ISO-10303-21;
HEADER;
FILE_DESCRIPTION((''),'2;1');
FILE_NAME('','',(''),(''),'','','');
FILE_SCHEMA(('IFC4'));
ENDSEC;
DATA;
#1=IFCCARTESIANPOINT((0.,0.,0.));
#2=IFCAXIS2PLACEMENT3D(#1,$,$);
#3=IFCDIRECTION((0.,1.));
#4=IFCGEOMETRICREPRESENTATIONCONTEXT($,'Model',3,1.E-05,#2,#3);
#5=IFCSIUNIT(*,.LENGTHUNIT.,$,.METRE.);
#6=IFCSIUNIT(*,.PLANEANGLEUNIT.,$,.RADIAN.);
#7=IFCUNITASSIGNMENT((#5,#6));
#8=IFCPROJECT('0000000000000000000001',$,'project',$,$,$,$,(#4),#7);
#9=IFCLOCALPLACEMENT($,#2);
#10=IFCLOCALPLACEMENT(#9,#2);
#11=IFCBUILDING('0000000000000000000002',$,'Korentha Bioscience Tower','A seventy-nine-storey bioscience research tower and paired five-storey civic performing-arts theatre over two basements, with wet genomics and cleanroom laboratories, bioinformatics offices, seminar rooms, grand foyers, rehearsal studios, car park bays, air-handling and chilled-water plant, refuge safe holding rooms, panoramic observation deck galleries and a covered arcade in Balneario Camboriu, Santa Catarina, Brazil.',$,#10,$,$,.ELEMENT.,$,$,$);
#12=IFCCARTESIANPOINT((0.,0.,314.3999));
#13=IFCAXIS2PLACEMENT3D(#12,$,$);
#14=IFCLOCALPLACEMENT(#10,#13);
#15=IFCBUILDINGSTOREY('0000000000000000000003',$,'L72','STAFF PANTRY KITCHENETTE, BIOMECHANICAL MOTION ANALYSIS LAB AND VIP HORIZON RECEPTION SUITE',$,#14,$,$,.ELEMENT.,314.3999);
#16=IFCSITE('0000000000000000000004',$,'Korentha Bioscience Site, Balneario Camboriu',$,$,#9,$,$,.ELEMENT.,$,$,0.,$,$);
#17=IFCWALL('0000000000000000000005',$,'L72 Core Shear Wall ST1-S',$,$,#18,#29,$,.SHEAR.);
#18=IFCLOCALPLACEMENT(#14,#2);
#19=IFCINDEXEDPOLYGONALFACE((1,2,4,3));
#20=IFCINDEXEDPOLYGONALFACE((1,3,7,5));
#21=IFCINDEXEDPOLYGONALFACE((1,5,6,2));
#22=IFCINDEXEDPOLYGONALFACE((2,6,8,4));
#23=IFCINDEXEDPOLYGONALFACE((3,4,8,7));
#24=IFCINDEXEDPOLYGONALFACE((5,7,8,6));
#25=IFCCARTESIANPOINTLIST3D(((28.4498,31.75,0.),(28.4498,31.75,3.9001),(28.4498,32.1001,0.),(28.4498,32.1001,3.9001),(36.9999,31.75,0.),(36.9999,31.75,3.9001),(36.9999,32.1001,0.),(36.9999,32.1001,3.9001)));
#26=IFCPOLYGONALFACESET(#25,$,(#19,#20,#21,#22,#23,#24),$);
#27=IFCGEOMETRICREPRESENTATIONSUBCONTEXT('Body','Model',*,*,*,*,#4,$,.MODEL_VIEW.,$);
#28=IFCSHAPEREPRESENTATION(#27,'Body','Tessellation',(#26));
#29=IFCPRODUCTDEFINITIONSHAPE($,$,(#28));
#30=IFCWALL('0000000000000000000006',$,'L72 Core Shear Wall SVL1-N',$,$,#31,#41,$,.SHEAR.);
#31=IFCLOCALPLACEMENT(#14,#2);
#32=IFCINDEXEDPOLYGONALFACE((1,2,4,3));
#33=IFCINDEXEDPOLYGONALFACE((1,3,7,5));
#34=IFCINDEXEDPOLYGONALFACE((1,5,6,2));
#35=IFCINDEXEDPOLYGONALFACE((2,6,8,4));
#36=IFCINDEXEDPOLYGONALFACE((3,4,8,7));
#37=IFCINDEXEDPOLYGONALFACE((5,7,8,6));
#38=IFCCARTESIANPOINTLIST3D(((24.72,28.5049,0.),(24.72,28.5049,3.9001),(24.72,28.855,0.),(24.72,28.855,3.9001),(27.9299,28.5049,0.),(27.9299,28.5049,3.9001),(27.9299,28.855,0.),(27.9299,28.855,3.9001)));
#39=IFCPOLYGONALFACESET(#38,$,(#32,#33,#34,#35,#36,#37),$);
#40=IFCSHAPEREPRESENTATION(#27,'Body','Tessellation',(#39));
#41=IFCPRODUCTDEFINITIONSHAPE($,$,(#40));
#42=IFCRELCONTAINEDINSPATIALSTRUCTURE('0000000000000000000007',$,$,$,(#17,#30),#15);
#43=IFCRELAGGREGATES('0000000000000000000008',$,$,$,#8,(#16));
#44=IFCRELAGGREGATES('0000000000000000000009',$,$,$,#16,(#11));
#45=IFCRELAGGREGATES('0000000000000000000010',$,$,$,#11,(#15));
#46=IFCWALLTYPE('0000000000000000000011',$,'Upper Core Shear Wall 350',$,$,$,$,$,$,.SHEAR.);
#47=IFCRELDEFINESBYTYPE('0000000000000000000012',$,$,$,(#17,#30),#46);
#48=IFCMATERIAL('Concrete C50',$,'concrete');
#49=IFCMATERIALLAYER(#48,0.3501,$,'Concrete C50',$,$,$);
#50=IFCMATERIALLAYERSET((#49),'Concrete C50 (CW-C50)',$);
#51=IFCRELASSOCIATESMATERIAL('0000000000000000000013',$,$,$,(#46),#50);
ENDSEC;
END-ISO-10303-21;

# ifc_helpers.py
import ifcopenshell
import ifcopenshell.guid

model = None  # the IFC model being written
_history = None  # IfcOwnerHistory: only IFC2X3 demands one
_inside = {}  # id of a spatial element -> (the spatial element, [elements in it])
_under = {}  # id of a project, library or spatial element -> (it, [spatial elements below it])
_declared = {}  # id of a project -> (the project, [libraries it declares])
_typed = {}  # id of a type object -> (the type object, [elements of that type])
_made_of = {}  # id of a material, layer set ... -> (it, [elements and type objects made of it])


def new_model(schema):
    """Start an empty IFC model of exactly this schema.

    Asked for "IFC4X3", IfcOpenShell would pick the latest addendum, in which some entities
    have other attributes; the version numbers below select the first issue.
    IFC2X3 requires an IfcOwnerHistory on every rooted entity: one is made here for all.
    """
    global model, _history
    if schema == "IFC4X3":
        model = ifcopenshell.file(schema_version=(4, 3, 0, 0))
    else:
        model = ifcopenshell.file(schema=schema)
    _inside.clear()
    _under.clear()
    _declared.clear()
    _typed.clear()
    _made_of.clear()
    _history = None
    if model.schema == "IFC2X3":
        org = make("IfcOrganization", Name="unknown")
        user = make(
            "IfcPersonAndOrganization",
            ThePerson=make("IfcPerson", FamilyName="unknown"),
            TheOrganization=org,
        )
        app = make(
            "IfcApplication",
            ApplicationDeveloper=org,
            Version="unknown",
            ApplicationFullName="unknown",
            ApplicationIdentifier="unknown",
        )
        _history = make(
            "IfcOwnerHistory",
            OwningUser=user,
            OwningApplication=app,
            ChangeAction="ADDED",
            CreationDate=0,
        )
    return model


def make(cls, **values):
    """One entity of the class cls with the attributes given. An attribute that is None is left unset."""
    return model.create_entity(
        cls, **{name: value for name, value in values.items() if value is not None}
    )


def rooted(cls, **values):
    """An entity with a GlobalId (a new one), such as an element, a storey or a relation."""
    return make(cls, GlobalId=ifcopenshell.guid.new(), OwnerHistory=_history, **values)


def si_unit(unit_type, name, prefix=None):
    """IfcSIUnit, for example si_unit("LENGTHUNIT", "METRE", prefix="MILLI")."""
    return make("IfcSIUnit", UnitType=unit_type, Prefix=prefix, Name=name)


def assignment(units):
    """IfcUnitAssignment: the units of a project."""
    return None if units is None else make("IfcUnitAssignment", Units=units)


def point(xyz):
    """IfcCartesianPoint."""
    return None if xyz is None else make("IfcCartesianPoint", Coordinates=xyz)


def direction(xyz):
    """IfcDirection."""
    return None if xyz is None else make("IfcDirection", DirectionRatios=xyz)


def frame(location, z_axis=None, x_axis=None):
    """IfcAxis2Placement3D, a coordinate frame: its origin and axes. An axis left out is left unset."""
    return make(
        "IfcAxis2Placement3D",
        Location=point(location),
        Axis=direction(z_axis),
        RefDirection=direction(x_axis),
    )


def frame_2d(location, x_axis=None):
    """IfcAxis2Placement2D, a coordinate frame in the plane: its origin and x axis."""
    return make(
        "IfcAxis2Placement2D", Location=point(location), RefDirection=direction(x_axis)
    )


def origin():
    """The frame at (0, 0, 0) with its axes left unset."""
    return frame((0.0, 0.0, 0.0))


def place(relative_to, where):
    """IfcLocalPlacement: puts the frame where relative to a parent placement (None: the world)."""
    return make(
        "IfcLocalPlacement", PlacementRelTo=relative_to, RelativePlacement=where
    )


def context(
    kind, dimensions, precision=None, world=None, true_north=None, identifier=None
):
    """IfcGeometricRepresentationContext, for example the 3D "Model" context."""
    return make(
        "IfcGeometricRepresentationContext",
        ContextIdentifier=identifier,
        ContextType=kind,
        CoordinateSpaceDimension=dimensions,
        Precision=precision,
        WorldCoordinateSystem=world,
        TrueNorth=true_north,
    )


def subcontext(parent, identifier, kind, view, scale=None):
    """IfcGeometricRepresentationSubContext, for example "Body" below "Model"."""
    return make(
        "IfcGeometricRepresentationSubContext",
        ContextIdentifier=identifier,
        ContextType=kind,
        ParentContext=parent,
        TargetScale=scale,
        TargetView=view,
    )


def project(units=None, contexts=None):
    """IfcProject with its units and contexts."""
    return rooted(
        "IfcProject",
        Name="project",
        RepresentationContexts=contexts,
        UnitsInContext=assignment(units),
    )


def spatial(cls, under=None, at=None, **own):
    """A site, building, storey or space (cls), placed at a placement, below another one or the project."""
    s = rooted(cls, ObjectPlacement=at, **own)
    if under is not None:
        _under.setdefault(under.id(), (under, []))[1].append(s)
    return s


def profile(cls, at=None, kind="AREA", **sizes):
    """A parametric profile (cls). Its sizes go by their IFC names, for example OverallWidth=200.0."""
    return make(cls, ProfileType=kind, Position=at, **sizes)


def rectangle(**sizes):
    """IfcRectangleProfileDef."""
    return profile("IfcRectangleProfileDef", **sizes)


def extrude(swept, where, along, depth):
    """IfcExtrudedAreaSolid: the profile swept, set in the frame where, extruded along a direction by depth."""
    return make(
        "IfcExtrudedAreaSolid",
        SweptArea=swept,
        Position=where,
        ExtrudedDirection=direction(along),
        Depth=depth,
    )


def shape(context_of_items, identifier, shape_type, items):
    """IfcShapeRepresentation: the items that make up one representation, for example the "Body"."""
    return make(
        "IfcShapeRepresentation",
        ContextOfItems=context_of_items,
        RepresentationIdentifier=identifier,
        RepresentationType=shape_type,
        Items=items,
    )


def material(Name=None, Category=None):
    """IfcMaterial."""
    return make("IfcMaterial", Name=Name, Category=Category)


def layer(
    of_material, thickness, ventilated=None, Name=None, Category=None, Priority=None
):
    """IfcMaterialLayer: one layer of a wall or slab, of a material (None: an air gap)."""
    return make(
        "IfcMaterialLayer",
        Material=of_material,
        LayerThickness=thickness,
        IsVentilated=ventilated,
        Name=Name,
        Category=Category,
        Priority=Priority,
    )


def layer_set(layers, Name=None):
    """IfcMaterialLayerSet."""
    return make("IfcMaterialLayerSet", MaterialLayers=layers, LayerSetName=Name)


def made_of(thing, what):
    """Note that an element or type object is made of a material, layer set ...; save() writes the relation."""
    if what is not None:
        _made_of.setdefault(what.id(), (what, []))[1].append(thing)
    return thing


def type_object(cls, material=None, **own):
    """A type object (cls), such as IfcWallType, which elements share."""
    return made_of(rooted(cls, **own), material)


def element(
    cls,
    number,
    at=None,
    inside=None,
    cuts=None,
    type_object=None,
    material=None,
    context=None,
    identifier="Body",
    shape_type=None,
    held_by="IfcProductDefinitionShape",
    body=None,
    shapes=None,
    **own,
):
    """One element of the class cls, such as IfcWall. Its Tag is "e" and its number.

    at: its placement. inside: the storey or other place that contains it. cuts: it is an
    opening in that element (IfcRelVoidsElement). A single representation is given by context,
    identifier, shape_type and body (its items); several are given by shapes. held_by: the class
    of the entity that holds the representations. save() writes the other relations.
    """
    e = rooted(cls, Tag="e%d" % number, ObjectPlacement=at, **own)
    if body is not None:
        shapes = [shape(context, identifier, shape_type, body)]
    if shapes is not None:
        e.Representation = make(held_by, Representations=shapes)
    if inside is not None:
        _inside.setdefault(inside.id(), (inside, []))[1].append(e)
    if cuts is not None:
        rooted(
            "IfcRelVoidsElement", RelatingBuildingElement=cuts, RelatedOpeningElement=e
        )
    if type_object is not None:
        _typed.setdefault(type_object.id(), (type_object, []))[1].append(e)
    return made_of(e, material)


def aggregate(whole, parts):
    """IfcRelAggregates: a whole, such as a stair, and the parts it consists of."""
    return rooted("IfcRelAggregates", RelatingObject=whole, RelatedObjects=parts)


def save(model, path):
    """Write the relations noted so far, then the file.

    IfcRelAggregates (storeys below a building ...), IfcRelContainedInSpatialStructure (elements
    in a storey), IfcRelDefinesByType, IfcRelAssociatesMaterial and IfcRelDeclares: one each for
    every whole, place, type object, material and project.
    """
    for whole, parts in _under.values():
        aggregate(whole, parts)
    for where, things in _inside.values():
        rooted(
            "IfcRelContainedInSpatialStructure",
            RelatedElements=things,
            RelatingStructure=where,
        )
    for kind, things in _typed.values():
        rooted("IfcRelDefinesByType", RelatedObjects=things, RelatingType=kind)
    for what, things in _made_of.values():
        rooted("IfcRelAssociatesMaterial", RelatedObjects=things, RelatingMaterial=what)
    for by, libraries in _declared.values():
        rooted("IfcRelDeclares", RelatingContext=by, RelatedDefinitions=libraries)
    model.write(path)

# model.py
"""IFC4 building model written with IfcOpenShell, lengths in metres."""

from ifc_helpers import new_model, si_unit, direction, frame, frame_2d, origin, place, context, subcontext, project, spatial, rectangle, extrude, material, layer, layer_set, type_object, element, save


model = new_model("IFC4")

# Units and contexts
model_context = context("Model", 3, precision=1e-05, world=origin(), true_north=direction((0.0, 1.0)))
body_context = subcontext(model_context, "Body", "Model", "MODEL_VIEW")
ifc_project = project(units=[si_unit("LENGTHUNIT", "METRE"), si_unit("PLANEANGLEUNIT", "RADIAN")], contexts=[model_context])

# Site, building, storey
site_placement = place(None, origin())
site = spatial("IfcSite", under=ifc_project, at=site_placement, Name="Korentha Bioscience Site, Balneario Camboriu", CompositionType="ELEMENT", RefElevation=0.0)
building_placement = place(site_placement, origin())
building = spatial("IfcBuilding", under=site, at=building_placement, Name="Korentha Bioscience Tower", Description="A seventy-nine-storey bioscience research tower and paired five-storey civic performing-arts theatre over two basements, with wet genomics and cleanroom laboratories, bioinformatics offices, seminar rooms, grand foyers, rehearsal studios, car park bays, air-handling and chilled-water plant, refuge safe holding rooms, panoramic observation deck galleries and a covered arcade in Balneario Camboriu, Santa Catarina, Brazil.", CompositionType="ELEMENT")
storey_placement = place(building_placement, frame((0.0, 0.0, 314.3999)))
storey = spatial("IfcBuildingStorey", under=building, at=storey_placement, Name="L72", Description="STAFF PANTRY KITCHENETTE, BIOMECHANICAL MOTION ANALYSIS LAB AND VIP HORIZON RECEPTION SUITE", CompositionType="ELEMENT", Elevation=314.3999)

# Wall
ifc_material_1 = material(Name="Concrete C50", Category="concrete")
ifc_layer_1 = layer(ifc_material_1, 0.3501, Name="Concrete C50")
ifc_layer_set_1 = layer_set([ifc_layer_1], Name="Concrete C50 (CW-C50)")
wall_type_1 = type_object("IfcWallType", Name="Upper Core Shear Wall 350", PredefinedType="SHEAR", material=ifc_layer_set_1)
wall_1_placement = place(storey_placement, frame((28.45, 31.925, 0.0), z_axis=(0.0, 0.0, 1.0), x_axis=(1.0, 0.0, 0.0)))
element("IfcWall", 1, at=wall_1_placement, inside=storey, type_object=wall_type_1, Name="L72 Core Shear Wall ST1-S", PredefinedType="SHEAR", context=body_context, shape_type="SweptSolid", body=[
    extrude(rectangle(XDim=8.55, YDim=0.3501, at=frame_2d((4.2749, 0.0))), origin(), (0.0, 0.0, 1.0), 3.9001),
])

# Wall
wall_2_placement = place(storey_placement, frame((24.72, 28.6799, 0.0), z_axis=(0.0, 0.0, 1.0), x_axis=(1.0, 0.0, 0.0)))
element("IfcWall", 2, at=wall_2_placement, inside=storey, type_object=wall_type_1, Name="L72 Core Shear Wall SVL1-N", PredefinedType="SHEAR", context=body_context, shape_type="SweptSolid", body=[
    extrude(rectangle(XDim=3.21, YDim=0.3501, at=frame_2d((1.605, 0.0))), origin(), (0.0, 0.0, 1.0), 3.9001),
])

save(model, "model.ifc")
